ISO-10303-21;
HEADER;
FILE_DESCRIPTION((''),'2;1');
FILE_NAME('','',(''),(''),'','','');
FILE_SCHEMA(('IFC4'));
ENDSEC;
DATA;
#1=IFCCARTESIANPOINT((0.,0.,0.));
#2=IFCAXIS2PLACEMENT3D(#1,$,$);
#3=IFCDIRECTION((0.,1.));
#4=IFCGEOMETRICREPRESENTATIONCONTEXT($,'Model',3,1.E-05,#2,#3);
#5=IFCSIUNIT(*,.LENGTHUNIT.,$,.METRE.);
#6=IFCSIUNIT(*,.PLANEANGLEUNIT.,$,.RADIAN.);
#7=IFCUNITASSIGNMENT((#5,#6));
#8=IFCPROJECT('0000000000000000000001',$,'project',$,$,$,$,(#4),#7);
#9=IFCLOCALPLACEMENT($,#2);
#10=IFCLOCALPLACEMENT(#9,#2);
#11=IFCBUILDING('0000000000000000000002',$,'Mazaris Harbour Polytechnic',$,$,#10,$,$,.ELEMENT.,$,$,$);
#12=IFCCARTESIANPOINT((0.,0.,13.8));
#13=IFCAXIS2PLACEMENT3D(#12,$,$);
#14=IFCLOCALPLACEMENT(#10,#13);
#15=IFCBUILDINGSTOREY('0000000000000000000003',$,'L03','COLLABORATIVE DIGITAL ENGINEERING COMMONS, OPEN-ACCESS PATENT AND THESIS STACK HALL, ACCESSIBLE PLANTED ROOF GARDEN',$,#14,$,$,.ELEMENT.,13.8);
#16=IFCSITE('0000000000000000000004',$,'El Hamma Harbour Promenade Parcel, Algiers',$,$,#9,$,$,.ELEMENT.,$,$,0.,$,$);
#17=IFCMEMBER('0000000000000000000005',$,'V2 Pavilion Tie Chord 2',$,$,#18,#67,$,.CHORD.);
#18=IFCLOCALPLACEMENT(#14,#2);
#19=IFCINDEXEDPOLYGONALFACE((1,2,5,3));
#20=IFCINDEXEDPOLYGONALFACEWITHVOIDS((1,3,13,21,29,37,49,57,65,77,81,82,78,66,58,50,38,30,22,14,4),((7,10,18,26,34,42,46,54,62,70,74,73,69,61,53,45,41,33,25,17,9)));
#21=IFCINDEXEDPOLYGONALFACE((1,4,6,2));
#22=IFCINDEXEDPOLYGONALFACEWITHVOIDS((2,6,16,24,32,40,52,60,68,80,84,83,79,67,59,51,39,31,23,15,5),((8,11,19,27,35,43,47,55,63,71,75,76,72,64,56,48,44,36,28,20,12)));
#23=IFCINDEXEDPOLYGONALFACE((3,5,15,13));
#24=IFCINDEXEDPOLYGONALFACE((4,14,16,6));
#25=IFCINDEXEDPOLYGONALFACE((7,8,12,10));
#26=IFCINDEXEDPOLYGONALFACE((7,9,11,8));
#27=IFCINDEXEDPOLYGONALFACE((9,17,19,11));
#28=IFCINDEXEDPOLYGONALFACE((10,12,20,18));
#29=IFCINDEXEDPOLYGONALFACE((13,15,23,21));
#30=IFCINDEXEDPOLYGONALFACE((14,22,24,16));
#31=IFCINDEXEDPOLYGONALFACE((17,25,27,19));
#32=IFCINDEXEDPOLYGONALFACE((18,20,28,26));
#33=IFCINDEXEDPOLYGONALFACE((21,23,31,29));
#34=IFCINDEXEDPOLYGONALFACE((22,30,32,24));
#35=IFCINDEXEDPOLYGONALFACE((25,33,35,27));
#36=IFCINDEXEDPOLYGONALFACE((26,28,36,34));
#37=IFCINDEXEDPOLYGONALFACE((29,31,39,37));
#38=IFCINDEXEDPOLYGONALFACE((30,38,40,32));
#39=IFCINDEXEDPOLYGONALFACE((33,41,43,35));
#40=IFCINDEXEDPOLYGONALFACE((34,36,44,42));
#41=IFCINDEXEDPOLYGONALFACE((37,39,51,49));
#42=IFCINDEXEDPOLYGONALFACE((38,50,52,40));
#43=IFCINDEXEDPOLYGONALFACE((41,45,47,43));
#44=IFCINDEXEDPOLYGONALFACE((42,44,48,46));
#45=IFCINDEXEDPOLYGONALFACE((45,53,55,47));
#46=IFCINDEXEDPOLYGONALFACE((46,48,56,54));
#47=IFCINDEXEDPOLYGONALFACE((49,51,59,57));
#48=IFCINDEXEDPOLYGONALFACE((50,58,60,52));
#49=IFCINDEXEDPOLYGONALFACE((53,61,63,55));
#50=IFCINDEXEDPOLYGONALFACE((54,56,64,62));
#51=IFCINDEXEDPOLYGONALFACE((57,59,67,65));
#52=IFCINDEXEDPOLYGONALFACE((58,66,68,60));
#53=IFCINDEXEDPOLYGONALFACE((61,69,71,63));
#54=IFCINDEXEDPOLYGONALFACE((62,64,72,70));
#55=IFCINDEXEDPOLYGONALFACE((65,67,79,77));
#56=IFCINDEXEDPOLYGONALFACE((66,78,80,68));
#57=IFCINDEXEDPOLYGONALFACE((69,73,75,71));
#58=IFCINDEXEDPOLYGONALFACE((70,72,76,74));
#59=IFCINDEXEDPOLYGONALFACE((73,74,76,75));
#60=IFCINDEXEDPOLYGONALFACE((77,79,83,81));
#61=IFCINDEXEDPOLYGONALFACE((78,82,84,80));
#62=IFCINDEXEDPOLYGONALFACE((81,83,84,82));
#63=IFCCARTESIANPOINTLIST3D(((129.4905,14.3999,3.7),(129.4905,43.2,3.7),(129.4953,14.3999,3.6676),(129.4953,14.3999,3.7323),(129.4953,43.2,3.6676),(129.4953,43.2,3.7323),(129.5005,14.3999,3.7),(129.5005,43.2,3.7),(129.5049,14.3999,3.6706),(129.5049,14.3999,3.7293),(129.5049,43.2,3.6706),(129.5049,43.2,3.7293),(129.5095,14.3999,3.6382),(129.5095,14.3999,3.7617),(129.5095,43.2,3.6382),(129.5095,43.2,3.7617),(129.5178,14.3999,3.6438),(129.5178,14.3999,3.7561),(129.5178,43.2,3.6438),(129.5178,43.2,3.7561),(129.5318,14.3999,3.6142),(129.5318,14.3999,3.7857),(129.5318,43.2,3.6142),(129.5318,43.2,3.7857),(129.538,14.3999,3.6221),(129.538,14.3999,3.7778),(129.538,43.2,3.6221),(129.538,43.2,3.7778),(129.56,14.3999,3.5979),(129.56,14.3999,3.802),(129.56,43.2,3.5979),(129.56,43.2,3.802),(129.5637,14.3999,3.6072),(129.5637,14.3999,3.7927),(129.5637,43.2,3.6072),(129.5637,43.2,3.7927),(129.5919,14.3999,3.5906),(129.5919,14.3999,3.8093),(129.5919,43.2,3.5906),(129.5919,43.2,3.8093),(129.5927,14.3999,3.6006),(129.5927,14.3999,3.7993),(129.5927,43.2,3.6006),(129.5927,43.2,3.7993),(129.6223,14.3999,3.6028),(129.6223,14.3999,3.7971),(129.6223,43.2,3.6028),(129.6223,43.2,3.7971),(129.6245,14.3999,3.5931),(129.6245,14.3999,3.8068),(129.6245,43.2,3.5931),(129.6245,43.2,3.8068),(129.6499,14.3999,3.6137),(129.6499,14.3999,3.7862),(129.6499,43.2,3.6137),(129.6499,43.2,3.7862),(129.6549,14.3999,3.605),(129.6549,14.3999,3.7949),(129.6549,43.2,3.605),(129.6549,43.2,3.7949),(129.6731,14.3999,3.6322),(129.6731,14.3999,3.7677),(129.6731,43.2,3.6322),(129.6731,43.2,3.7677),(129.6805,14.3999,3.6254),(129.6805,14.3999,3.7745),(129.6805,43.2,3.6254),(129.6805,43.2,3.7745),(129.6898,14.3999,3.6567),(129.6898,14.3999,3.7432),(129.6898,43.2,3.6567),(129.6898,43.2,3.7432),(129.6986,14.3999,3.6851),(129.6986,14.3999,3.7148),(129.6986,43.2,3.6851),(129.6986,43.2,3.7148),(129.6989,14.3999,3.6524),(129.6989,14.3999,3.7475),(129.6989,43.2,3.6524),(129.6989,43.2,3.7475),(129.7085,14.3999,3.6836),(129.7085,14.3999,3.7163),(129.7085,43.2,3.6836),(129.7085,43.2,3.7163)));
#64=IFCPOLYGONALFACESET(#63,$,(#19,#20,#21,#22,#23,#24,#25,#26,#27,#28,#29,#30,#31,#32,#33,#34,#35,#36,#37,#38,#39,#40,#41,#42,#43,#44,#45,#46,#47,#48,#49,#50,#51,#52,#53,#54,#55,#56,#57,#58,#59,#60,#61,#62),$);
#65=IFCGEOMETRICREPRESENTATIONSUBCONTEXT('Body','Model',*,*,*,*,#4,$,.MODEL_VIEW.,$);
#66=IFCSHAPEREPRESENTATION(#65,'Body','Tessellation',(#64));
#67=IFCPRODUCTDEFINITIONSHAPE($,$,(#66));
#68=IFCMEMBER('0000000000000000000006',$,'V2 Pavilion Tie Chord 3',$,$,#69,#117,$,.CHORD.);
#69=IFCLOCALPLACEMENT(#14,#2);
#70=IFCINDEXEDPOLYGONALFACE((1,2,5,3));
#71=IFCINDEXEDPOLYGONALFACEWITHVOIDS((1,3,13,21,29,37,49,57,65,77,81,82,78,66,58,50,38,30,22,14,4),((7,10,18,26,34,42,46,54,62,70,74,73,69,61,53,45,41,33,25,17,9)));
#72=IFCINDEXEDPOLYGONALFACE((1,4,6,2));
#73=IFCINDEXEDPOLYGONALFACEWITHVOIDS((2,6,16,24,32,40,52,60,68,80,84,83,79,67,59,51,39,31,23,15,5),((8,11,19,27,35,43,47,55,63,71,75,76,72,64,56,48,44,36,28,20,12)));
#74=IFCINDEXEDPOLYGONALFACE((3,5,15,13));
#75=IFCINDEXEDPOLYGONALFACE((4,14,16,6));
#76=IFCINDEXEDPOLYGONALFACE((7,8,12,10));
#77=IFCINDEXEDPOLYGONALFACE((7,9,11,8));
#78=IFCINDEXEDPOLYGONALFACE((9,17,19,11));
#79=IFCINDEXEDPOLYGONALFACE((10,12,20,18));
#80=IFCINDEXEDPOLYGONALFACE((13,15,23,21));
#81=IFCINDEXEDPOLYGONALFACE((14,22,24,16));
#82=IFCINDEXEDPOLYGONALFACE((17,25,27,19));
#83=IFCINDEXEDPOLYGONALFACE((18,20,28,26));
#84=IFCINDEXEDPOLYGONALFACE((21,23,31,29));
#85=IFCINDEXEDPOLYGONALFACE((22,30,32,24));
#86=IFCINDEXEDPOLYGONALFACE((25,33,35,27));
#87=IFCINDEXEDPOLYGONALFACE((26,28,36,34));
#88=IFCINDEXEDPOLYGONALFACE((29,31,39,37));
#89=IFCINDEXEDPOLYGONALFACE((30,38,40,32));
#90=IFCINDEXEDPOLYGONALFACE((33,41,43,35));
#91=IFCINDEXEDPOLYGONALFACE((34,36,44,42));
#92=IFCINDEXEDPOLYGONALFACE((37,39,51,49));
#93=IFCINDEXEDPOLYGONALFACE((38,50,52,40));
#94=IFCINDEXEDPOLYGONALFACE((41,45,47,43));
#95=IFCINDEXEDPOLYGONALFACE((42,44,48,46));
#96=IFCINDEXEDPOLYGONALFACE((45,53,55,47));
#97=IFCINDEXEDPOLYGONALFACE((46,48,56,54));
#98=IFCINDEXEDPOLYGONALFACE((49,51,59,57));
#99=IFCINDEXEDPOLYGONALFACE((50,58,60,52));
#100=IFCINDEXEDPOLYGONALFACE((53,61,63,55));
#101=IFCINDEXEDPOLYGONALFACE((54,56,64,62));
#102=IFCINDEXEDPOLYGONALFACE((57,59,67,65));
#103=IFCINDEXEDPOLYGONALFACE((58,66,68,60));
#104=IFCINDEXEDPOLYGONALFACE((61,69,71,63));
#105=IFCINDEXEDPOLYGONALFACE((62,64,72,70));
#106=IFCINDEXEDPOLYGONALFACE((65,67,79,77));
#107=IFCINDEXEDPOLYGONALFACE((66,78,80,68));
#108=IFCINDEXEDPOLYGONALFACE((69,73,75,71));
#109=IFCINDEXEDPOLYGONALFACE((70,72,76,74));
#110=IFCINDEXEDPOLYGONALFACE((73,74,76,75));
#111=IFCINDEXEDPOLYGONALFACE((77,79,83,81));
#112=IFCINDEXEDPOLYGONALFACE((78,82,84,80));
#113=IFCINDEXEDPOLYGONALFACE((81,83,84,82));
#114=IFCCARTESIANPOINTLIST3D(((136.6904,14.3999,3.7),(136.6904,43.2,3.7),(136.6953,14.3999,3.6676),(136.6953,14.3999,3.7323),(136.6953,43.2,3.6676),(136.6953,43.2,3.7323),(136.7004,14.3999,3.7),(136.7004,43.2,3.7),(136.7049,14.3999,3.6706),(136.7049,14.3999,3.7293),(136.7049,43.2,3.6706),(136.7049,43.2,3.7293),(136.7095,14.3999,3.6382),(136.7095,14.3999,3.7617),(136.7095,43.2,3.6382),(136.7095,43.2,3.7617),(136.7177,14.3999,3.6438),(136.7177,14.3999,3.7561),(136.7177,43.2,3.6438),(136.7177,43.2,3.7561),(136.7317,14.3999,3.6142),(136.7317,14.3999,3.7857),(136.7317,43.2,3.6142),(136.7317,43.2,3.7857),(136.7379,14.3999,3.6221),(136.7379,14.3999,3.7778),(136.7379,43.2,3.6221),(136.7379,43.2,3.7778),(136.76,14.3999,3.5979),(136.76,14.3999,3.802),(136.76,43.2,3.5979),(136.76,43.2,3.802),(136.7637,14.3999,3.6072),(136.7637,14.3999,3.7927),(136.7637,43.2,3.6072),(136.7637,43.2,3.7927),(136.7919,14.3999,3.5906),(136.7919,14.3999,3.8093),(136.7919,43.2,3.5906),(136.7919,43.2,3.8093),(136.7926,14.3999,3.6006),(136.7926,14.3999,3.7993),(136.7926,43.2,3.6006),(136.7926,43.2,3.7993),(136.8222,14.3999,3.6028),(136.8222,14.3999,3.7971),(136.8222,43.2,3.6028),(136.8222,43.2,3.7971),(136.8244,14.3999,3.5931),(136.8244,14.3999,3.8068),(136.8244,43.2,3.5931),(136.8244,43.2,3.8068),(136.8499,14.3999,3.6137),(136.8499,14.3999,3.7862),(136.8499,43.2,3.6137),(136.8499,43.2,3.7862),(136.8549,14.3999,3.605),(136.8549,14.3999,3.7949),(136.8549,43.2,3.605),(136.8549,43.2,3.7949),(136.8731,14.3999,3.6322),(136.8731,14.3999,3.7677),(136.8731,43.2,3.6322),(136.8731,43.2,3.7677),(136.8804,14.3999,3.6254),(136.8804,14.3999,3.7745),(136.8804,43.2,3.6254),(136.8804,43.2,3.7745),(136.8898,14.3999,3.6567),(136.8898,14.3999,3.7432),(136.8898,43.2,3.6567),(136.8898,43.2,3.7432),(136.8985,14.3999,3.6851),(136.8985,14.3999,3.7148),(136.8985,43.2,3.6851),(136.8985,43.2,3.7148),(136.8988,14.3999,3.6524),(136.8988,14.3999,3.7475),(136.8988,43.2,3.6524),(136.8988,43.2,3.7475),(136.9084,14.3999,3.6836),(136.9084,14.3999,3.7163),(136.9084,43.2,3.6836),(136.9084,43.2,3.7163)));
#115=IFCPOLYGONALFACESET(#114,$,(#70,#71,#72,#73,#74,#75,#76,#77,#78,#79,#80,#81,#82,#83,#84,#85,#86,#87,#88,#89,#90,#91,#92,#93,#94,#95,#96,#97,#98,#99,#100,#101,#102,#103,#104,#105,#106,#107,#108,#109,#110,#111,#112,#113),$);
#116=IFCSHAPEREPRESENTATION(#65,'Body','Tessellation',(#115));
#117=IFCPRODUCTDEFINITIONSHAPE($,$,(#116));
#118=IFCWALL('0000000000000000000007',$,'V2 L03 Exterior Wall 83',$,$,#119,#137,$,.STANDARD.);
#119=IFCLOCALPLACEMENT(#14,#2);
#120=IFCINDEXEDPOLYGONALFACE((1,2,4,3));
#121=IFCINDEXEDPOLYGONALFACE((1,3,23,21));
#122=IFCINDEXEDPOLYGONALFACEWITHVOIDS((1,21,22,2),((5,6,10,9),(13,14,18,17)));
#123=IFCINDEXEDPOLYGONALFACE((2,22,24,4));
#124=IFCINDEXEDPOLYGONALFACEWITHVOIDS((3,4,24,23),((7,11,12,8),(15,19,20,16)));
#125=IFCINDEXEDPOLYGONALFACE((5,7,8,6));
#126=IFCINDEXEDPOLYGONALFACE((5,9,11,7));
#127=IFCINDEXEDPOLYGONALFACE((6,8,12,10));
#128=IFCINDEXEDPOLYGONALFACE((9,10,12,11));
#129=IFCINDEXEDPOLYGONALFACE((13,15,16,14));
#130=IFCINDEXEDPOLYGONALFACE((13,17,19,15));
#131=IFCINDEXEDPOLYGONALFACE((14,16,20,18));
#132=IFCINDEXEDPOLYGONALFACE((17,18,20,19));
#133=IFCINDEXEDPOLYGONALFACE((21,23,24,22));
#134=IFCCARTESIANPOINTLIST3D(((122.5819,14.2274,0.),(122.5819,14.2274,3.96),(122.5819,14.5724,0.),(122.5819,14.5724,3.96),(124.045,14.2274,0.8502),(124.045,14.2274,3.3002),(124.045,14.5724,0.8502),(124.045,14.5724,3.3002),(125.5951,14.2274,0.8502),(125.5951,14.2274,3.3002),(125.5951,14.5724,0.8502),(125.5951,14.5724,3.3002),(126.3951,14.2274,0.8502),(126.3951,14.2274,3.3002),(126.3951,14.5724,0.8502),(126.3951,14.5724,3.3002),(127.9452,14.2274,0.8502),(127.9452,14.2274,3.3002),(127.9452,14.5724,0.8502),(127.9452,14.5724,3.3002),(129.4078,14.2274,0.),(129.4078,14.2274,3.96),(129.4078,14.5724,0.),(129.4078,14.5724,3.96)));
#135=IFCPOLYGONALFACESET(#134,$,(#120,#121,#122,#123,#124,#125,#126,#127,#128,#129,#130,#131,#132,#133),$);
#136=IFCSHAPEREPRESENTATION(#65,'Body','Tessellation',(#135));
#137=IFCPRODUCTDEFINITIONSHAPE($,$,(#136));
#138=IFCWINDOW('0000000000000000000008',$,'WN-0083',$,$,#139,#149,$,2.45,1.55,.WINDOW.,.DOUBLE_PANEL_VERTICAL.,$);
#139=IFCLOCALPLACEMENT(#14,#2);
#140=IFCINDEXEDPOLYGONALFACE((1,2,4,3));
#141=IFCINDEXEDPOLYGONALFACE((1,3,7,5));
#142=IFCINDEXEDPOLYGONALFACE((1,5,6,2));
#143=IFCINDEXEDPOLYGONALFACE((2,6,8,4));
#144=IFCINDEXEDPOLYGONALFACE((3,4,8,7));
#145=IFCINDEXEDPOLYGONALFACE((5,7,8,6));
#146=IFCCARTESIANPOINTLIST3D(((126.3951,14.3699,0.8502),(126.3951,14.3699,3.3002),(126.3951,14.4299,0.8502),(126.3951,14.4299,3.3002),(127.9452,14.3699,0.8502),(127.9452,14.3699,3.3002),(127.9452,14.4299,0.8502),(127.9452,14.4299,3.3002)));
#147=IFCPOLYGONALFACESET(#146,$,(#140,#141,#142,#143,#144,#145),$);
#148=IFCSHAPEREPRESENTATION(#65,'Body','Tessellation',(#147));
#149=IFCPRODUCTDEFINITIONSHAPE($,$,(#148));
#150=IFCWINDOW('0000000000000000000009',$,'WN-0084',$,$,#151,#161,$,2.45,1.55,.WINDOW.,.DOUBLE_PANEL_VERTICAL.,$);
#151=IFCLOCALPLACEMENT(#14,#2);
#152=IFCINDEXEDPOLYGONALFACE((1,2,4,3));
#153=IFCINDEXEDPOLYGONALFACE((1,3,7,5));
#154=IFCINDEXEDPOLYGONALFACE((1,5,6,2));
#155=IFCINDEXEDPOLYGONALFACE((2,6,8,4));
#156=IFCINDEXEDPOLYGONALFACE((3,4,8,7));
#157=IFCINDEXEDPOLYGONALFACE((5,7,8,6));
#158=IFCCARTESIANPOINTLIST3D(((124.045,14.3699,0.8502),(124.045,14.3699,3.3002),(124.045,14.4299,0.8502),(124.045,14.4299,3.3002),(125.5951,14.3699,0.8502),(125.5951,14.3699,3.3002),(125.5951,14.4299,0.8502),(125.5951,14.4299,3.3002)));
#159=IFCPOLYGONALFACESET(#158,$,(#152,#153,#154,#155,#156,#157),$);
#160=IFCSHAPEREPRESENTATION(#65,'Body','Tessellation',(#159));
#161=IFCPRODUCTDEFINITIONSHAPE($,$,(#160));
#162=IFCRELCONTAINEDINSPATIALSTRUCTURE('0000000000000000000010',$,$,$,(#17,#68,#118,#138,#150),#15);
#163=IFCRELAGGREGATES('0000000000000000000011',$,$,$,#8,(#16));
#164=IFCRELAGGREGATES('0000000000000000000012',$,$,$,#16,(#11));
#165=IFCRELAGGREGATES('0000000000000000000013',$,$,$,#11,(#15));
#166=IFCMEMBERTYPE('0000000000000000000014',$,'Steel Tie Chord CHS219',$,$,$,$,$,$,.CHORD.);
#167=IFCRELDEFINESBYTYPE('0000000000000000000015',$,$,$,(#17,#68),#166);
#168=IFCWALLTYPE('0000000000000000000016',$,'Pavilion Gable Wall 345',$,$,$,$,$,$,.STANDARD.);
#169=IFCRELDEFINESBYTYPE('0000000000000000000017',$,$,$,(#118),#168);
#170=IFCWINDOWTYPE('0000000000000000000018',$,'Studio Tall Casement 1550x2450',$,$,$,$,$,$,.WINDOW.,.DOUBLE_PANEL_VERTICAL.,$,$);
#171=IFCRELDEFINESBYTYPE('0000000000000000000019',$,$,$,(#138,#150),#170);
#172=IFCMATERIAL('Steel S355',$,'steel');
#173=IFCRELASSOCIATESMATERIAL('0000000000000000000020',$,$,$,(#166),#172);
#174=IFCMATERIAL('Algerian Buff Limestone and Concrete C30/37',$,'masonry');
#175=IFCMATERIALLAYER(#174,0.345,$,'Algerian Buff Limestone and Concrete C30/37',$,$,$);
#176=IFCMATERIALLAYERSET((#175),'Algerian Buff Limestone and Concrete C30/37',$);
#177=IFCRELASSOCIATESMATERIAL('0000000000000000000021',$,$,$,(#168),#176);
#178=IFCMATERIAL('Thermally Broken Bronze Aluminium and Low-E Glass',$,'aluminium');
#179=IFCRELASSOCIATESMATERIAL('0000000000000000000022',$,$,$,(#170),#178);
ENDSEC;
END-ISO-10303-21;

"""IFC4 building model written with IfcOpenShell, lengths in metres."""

from ifc_helpers import new_model, si_unit, direction, frame, frame_2d, origin, origin_2d, place, context, subcontext, project, spatial, rectangle, hollow_circle, extrude, material, layer, layer_set, material_profile, profile_set, type_object, element, fill, save


model = new_model("IFC4")

# Units and contexts
model_context = context("Model", 3, precision=1e-05, world=origin(), true_north=direction((0.0, 1.0)))
body_context = subcontext(model_context, "Body", "Model", "MODEL_VIEW")
ifc_project = project(units=[si_unit("LENGTHUNIT", "METRE"), si_unit("PLANEANGLEUNIT", "RADIAN")], contexts=[model_context])

# Site, building, storey
site_placement = place(None, origin())
site = spatial("IfcSite", under=ifc_project, at=site_placement, Name="El Hamma Harbour Promenade Parcel, Algiers", CompositionType="ELEMENT", RefElevation=0.0)
building_placement = place(site_placement, origin())
building = spatial("IfcBuilding", under=site, at=building_placement, Name="Mazaris Harbour Polytechnic", CompositionType="ELEMENT")
storey_placement = place(building_placement, frame((0.0, 0.0, 13.8)))
storey = spatial("IfcBuildingStorey", under=building, at=storey_placement, Name="L03", Description="COLLABORATIVE DIGITAL ENGINEERING COMMONS, OPEN-ACCESS PATENT AND THESIS STACK HALL, ACCESSIBLE PLANTED ROOF GARDEN", CompositionType="ELEMENT", Elevation=13.8)

# Members
ifc_material_1 = material(Name="Steel S355", Category="steel")
ifc_material_profile_1 = material_profile(ifc_material_1, hollow_circle(Radius=0.1096, WallThickness=0.01, at=origin_2d()), Name="CHS 219.1x10.0")
ifc_profile_set_1 = profile_set([ifc_material_profile_1], Name="Steel S355")
member_type_1 = type_object("IfcMemberType", Name="Steel Tie Chord CHS219", PredefinedType="CHORD", material=ifc_profile_set_1)
for number, where, z_axis, x_axis, name in (
    (1, (129.6001, 14.3999, 3.7), (0.0, 1.0, 0.0), (-1.0, 0.0, 0.0), "V2 Pavilion Tie Chord 2"),
    (2, (136.8, 14.3999, 3.7), (0.0, 1.0, 0.0), (-1.0, 0.0, 0.0), "V2 Pavilion Tie Chord 3"),
):
    element("IfcMember", number, at=place(storey_placement, frame(where, z_axis=z_axis, x_axis=x_axis)), inside=storey, type_object=member_type_1, Name=name, PredefinedType="CHORD", context=body_context, shape_type="SweptSolid", body=[
        extrude(hollow_circle(Radius=0.1096, WallThickness=0.01, at=origin_2d()), origin(), (0.0, 0.0, 1.0), 28.8),
    ])

# Wall, openings, windows
ifc_material_2 = material(Name="Algerian Buff Limestone and Concrete C30/37", Category="masonry")
ifc_layer_1 = layer(ifc_material_2, 0.345, Name="Algerian Buff Limestone and Concrete C30/37")
ifc_layer_set_1 = layer_set([ifc_layer_1], Name="Algerian Buff Limestone and Concrete C30/37")
wall_type_1 = type_object("IfcWallType", Name="Pavilion Gable Wall 345", PredefinedType="STANDARD", material=ifc_layer_set_1)
wall_1_placement = place(storey_placement, frame((129.408, 14.3999, 0.0), z_axis=(0.0, 0.0, 1.0), x_axis=(-1.0, 0.0, 0.0)))
wall_1 = element("IfcWall", 3, at=wall_1_placement, inside=storey, type_object=wall_type_1, Name="V2 L03 Exterior Wall 83", PredefinedType="STANDARD", context=body_context, shape_type="SweptSolid", body=[
    extrude(rectangle(XDim=6.8259, YDim=0.345, at=frame_2d((3.4131, 0.0))), origin(), (0.0, 0.0, 1.0), 3.96),
])
opening_1_placement = place(wall_1_placement, frame((1.4629, 0.0, 0.8501)))
opening_1 = element("IfcOpeningElement", 4, at=opening_1_placement, cuts=wall_1, PredefinedType="OPENING", context=body_context, shape_type="SweptSolid", body=[
    extrude(rectangle(XDim=1.55, YDim=2.45, at=frame_2d((0.7749, 1.2251))), frame((0.0, 0.1824, 0.0), z_axis=(0.0, -1.0, 0.0), x_axis=(1.0, 0.0, 0.0)), (0.0, 0.0, 1.0), 0.365),
])
opening_2_placement = place(wall_1_placement, frame((3.813, 0.0, 0.8501)))
opening_2 = element("IfcOpeningElement", 5, at=opening_2_placement, cuts=wall_1, PredefinedType="OPENING", context=body_context, shape_type="SweptSolid", body=[
    extrude(rectangle(XDim=1.55, YDim=2.45, at=frame_2d((0.7749, 1.2251))), frame((0.0, 0.1824, 0.0), z_axis=(0.0, -1.0, 0.0), x_axis=(1.0, 0.0, 0.0)), (0.0, 0.0, 1.0), 0.365),
])
ifc_material_3 = material(Name="Thermally Broken Bronze Aluminium and Low-E Glass", Category="aluminium")
window_type_1 = type_object("IfcWindowType", Name="Studio Tall Casement 1550x2450", PartitioningType="DOUBLE_PANEL_VERTICAL", PredefinedType="WINDOW", material=ifc_material_3)
window_1_placement = place(opening_1_placement, origin())
window_1 = element("IfcWindow", 6, at=window_1_placement, inside=storey, type_object=window_type_1, Name="WN-0083", OverallHeight=2.45, OverallWidth=1.55, PartitioningType="DOUBLE_PANEL_VERTICAL", PredefinedType="WINDOW", context=body_context, shape_type="SweptSolid", body=[
    extrude(rectangle(XDim=1.55, YDim=2.45, at=frame_2d((0.7749, 1.2251))), frame((0.0, 0.03, 0.0), z_axis=(0.0, -1.0, 0.0), x_axis=(1.0, 0.0, 0.0)), (0.0, 0.0, 1.0), 0.0601),
])
fill(opening_1, window_1)
window_2_placement = place(opening_2_placement, origin())
window_2 = element("IfcWindow", 7, at=window_2_placement, inside=storey, type_object=window_type_1, Name="WN-0084", OverallHeight=2.45, OverallWidth=1.55, PartitioningType="DOUBLE_PANEL_VERTICAL", PredefinedType="WINDOW", context=body_context, shape_type="SweptSolid", body=[
    extrude(rectangle(XDim=1.55, YDim=2.45, at=frame_2d((0.7749, 1.2251))), frame((0.0, 0.03, 0.0), z_axis=(0.0, -1.0, 0.0), x_axis=(1.0, 0.0, 0.0)), (0.0, 0.0, 1.0), 0.0601),
])
fill(opening_2, window_2)

save(model, "model.ifc")
